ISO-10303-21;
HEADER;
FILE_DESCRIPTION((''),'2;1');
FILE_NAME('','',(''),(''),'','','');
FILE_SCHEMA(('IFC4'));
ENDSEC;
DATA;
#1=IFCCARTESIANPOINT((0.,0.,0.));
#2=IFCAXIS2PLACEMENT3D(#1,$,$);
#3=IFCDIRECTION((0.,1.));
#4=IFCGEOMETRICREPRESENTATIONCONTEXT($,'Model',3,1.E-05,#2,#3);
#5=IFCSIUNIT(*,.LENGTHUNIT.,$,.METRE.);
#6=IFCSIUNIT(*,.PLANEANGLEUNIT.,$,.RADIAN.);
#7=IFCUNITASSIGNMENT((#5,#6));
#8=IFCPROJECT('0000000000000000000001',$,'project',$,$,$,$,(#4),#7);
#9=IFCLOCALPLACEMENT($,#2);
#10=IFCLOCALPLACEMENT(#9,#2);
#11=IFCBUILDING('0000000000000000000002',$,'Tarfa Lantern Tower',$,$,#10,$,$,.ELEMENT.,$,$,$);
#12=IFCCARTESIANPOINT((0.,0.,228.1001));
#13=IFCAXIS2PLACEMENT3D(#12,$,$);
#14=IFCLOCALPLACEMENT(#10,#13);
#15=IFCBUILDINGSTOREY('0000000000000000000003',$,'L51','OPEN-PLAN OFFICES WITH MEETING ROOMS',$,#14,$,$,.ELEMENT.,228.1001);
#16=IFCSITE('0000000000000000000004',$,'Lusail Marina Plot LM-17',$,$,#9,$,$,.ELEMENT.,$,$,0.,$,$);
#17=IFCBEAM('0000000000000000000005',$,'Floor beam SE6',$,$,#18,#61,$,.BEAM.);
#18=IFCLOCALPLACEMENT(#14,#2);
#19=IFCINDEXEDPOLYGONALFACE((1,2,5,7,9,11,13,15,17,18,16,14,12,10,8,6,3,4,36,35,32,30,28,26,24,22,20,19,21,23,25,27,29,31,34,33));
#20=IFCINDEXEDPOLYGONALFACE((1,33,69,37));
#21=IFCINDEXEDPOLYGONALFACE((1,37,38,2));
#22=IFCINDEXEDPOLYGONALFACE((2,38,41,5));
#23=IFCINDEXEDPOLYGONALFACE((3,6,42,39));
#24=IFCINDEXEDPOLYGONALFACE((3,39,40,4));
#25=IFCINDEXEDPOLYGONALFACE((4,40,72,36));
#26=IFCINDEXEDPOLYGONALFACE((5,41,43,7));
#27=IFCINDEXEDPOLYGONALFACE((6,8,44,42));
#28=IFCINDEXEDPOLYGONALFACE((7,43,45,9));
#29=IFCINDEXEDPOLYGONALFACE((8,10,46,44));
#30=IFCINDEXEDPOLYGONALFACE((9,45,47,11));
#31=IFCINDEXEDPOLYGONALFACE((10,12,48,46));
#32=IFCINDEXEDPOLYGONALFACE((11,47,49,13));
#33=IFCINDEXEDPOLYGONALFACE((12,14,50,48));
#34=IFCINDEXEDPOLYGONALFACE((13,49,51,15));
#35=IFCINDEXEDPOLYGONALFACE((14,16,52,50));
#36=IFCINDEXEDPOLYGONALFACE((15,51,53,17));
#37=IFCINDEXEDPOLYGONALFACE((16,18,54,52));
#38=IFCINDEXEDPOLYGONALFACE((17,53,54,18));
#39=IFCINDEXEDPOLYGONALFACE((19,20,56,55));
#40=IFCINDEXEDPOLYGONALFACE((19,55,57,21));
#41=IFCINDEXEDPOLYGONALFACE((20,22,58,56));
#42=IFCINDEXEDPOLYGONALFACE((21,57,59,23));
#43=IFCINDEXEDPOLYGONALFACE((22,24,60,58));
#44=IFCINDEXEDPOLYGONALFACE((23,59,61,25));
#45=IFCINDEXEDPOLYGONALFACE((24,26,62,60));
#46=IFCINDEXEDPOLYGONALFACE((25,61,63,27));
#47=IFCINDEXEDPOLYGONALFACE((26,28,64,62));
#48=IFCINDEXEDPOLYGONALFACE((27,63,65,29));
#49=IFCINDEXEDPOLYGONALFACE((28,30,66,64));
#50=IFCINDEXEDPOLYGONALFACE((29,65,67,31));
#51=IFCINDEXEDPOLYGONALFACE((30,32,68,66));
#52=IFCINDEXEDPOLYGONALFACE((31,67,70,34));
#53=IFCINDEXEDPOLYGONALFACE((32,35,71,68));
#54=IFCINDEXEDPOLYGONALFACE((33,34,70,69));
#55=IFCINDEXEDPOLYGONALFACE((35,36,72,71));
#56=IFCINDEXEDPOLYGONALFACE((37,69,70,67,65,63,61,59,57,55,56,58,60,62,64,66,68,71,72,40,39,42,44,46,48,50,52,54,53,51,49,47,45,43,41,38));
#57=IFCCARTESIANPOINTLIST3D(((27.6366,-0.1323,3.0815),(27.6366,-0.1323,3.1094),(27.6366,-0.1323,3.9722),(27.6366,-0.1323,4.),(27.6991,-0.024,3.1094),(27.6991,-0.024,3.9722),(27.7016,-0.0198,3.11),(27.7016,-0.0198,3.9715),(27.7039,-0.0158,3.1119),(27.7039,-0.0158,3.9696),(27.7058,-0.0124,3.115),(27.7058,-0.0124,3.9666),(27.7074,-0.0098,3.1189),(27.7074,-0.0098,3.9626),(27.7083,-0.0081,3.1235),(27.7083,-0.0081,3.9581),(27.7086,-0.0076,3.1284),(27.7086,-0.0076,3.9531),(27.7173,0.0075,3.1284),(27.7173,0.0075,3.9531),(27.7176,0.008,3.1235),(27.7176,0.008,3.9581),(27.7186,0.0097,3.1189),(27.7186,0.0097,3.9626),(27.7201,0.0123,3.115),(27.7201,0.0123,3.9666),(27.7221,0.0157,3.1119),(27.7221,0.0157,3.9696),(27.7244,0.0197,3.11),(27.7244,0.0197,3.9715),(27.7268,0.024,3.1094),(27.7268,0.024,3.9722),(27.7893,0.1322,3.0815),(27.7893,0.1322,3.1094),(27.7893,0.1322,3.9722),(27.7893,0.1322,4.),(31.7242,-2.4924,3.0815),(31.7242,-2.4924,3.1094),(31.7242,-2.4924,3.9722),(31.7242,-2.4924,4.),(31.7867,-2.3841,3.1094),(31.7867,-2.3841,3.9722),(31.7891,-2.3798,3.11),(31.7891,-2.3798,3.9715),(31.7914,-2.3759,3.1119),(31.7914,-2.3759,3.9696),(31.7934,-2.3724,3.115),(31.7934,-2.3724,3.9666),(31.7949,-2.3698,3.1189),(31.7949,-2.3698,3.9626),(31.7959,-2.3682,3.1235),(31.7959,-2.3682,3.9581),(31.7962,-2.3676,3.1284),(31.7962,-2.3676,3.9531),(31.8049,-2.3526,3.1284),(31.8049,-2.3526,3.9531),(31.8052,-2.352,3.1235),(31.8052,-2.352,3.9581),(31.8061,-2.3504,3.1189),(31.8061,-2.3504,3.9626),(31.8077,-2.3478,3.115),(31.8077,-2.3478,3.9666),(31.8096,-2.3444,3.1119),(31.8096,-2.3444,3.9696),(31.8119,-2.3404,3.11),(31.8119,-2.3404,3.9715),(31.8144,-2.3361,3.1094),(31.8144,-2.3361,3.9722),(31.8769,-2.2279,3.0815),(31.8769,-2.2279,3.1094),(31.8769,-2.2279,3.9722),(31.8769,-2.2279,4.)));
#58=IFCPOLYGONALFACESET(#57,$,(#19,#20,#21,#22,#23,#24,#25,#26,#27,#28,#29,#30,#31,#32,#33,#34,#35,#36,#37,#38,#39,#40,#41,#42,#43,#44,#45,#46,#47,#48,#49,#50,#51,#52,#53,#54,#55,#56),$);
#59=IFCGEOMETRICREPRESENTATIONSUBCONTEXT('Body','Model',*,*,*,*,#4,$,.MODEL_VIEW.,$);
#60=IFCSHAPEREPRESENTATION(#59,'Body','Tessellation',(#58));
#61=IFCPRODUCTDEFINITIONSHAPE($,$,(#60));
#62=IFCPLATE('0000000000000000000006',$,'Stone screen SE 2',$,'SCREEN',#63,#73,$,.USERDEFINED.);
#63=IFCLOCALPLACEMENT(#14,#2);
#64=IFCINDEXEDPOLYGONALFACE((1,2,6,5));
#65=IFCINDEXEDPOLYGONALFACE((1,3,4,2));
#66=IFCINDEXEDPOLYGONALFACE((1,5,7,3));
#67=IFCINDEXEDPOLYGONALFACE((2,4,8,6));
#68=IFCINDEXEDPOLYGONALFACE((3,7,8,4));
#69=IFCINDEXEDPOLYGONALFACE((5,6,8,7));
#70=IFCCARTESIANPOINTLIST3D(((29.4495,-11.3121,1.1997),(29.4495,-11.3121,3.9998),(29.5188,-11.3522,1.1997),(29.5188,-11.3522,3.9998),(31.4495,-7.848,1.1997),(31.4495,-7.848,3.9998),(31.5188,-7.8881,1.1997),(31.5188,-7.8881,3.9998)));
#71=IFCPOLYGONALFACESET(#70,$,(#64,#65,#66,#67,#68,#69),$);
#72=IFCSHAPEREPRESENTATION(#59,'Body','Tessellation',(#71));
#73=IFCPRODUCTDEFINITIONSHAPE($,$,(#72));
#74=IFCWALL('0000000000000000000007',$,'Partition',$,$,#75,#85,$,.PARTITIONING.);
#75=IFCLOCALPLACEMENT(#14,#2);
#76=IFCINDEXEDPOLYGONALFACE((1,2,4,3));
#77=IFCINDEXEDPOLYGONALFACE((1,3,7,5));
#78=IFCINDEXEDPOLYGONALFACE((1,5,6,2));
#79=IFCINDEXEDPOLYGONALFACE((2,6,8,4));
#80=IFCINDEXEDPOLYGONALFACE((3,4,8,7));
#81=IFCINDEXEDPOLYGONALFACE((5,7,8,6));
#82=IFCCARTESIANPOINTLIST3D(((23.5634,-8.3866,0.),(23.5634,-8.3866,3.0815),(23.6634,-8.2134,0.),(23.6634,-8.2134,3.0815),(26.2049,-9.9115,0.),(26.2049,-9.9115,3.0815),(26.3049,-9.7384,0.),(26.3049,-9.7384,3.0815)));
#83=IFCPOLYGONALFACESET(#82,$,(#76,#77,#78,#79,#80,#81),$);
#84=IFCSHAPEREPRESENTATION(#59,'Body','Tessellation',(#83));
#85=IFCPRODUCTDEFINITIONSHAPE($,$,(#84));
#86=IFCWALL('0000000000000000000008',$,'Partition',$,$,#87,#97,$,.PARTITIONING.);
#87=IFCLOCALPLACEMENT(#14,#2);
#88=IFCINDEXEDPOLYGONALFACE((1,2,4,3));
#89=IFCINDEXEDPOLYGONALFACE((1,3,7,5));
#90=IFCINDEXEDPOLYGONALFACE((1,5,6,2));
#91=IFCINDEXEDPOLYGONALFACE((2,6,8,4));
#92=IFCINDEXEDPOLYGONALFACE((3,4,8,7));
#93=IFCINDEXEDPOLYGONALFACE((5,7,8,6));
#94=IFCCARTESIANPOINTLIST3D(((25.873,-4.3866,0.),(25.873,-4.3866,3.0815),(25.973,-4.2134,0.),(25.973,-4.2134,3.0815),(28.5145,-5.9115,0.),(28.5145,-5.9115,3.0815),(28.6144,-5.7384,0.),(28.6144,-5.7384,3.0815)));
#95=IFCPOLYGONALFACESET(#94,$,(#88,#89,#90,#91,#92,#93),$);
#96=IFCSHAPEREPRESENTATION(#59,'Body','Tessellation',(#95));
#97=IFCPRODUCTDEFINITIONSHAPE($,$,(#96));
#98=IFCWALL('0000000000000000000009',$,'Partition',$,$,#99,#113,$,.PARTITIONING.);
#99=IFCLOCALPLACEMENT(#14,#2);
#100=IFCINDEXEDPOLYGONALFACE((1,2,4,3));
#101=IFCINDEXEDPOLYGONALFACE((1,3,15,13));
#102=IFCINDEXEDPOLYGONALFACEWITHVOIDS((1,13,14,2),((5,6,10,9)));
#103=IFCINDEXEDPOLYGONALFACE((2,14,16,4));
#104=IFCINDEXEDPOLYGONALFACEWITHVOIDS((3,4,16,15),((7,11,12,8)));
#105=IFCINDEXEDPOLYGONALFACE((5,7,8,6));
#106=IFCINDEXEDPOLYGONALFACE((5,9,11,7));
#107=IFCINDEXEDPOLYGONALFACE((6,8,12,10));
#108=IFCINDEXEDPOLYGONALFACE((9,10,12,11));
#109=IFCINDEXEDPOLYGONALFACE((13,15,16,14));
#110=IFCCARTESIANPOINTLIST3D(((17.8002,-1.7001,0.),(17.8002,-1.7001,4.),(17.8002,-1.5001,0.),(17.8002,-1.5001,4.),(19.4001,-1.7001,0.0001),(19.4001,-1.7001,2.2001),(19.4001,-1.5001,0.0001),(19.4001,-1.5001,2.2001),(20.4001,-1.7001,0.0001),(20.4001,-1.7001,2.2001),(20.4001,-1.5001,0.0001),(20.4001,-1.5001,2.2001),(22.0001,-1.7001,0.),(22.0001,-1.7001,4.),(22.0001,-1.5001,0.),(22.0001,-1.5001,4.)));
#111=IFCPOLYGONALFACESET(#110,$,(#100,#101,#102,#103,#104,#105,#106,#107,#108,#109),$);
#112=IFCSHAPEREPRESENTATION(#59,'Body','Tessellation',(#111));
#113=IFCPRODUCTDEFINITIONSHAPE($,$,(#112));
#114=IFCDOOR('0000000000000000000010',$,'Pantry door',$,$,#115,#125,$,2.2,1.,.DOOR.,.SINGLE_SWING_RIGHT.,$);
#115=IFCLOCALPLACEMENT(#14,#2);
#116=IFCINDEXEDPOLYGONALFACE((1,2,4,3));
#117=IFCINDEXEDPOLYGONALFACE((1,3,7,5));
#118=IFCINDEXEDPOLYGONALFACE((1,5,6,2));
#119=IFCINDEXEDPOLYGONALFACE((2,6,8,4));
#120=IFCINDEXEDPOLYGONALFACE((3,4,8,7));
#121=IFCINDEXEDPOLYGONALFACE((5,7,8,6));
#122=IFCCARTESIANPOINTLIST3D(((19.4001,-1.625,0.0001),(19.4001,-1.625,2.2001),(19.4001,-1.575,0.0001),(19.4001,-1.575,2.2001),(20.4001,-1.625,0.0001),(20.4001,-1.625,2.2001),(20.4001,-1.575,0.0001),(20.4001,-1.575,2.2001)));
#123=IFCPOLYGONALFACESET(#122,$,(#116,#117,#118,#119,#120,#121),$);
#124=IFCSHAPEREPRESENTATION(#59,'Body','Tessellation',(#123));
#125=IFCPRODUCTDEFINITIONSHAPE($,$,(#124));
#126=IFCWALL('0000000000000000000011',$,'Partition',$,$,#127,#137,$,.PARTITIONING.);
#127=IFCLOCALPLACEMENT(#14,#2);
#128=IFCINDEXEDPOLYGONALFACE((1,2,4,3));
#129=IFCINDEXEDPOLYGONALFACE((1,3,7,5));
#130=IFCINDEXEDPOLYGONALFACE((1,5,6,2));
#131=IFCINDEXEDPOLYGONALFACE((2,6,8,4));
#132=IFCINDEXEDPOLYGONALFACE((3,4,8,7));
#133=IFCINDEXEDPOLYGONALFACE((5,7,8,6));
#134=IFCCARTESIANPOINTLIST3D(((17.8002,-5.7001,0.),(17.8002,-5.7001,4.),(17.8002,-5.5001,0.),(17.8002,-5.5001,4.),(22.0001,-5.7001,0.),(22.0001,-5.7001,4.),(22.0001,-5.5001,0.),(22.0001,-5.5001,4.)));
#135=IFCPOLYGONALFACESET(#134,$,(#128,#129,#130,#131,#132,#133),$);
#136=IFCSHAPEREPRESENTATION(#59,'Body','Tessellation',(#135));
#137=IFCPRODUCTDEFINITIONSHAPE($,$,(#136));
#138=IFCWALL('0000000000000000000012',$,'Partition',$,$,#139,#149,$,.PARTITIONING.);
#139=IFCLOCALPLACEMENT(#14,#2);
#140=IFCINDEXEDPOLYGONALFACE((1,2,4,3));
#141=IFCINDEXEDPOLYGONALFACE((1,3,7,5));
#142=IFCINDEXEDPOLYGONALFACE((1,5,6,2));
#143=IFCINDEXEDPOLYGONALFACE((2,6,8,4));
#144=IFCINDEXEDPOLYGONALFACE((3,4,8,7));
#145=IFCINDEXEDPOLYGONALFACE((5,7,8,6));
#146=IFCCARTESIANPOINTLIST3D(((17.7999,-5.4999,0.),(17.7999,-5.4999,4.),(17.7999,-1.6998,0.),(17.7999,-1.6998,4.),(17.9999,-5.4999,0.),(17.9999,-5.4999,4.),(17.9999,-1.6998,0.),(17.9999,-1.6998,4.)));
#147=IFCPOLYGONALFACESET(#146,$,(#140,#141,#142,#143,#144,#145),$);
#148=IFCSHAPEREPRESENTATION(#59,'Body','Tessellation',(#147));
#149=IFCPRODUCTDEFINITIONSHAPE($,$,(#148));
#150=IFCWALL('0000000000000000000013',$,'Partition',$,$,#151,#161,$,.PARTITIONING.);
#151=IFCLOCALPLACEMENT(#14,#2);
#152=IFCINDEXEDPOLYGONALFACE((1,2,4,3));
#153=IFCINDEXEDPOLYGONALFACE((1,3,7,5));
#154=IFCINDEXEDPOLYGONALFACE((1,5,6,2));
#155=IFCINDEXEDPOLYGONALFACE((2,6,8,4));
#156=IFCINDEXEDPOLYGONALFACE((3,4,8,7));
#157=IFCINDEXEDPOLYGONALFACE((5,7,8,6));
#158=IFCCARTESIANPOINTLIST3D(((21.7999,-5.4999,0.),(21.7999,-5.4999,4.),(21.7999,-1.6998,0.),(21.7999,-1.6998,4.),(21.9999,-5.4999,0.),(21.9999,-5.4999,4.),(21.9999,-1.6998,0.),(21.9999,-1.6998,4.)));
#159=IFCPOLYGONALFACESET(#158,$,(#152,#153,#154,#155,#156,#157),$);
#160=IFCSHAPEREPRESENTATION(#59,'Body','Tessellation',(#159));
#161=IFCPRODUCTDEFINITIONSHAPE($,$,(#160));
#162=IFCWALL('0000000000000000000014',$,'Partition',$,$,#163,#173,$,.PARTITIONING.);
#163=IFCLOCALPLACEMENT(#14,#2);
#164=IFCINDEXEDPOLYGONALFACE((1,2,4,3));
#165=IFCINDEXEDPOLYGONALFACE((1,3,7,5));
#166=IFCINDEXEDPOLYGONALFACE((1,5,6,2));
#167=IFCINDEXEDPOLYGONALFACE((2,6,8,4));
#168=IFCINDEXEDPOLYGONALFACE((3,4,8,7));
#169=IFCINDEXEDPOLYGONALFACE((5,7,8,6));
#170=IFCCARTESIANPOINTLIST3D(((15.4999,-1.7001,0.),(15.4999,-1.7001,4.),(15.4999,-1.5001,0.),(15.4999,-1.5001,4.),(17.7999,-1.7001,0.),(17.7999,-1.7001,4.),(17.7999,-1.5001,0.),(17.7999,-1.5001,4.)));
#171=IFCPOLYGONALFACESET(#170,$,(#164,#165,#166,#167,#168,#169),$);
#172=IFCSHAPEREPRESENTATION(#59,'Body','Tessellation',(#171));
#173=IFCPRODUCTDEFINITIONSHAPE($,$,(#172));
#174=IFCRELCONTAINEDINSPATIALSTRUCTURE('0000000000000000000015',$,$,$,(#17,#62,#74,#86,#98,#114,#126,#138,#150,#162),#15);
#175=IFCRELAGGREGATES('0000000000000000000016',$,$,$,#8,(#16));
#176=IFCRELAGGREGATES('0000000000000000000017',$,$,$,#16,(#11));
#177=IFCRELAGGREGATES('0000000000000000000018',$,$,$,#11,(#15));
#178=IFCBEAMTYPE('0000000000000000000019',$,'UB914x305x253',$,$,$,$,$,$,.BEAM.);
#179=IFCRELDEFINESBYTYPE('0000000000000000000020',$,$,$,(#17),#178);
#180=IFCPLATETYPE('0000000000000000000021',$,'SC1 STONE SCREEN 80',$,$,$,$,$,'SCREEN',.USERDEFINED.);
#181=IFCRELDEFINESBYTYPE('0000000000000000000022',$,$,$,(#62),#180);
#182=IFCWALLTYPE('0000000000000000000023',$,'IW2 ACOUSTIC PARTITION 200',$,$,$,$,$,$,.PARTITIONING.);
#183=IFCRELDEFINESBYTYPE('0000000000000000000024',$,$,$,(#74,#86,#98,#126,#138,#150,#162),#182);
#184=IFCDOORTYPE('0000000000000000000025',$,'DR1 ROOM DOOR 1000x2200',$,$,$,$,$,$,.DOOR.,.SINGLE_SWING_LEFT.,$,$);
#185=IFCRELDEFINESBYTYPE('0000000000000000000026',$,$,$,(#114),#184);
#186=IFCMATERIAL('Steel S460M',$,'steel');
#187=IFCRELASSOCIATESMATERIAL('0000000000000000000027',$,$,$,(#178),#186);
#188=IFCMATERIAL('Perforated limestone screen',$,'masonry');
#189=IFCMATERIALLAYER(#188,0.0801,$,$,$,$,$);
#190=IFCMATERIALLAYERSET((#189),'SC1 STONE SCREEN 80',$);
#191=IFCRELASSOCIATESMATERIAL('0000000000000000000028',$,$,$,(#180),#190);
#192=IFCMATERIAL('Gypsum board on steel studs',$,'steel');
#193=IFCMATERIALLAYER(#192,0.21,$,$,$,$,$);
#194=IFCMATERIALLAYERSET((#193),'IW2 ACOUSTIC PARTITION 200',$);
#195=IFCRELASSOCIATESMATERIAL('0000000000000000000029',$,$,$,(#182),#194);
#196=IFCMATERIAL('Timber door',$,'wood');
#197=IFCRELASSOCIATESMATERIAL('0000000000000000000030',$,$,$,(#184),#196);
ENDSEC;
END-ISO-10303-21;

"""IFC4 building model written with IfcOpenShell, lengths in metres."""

from ifc_helpers import new_model, si_unit, direction, frame, frame_2d, origin, origin_2d, place, context, subcontext, project, spatial, rectangle, i_section, extrude, material, layer, layer_set, material_profile, profile_set, type_object, element, fill, save


model = new_model("IFC4")

# Units and contexts
model_context = context("Model", 3, precision=1e-05, world=origin(), true_north=direction((0.0, 1.0)))
body_context = subcontext(model_context, "Body", "Model", "MODEL_VIEW")
ifc_project = project(units=[si_unit("LENGTHUNIT", "METRE"), si_unit("PLANEANGLEUNIT", "RADIAN")], contexts=[model_context])

# Site, building, storey
site_placement = place(None, origin())
site = spatial("IfcSite", under=ifc_project, at=site_placement, Name="Lusail Marina Plot LM-17", CompositionType="ELEMENT", RefElevation=0.0)
building_placement = place(site_placement, origin())
building = spatial("IfcBuilding", under=site, at=building_placement, Name="Tarfa Lantern Tower", CompositionType="ELEMENT")
storey_placement = place(building_placement, frame((0.0, 0.0, 228.1001)))
storey = spatial("IfcBuildingStorey", under=building, at=storey_placement, Name="L51", Description="OPEN-PLAN OFFICES WITH MEETING ROOMS", CompositionType="ELEMENT", Elevation=228.1001)

# Beam
ifc_material_1 = material(Name="Steel S460M", Category="steel")
ifc_material_profile_1 = material_profile(ifc_material_1, i_section(OverallWidth=0.3054, OverallDepth=0.9185, WebThickness=0.0173, FlangeThickness=0.0278, FilletRadius=0.019, at=origin_2d()), Name="UB914x305x253")
ifc_profile_set_1 = profile_set([ifc_material_profile_1], Name="Steel S460M")
beam_type_1 = type_object("IfcBeamType", Name="UB914x305x253", PredefinedType="BEAM", material=ifc_profile_set_1)
beam_1_placement = place(storey_placement, frame((31.8005, -2.3601, 3.5408), z_axis=(-0.866016, 0.500016, 0.0), x_axis=(-0.500016, -0.866016, 0.0)))
element("IfcBeam", 1, at=beam_1_placement, inside=storey, type_object=beam_type_1, Name="Floor beam SE6", PredefinedType="BEAM", context=body_context, shape_type="SweptSolid", body=[
    extrude(i_section(OverallWidth=0.3054, OverallDepth=0.9185, WebThickness=0.0173, FlangeThickness=0.0278, FilletRadius=0.019, at=origin_2d()), origin(), (0.0, 0.0, 1.0), 4.72),
])

# Plate
ifc_material_2 = material(Name="Perforated limestone screen", Category="masonry")
ifc_layer_1 = layer(ifc_material_2, 0.0801)
ifc_layer_set_1 = layer_set([ifc_layer_1], Name="SC1 STONE SCREEN 80")
plate_type = type_object("IfcPlateType", Name="SC1 STONE SCREEN 80", ElementType="SCREEN", PredefinedType="USERDEFINED", material=ifc_layer_set_1)
plate_placement = place(storey_placement, frame((30.4841, -9.6001, 1.1997), z_axis=(0.0, 0.0, 1.0), x_axis=(0.5, 0.866025, 0.0)))
element("IfcPlate", 2, at=plate_placement, inside=storey, type_object=plate_type, Name="Stone screen SE 2", ObjectType="SCREEN", PredefinedType="USERDEFINED", context=body_context, shape_type="SweptSolid", body=[
    extrude(rectangle(XDim=4.0, YDim=0.0801, at=origin_2d()), origin(), (0.0, 0.0, 1.0), 2.8),
])

# Walls
ifc_material_3 = material(Name="Gypsum board on steel studs", Category="steel")
ifc_layer_2 = layer(ifc_material_3, 0.21)
ifc_layer_set_2 = layer_set([ifc_layer_2], Name="IW2 ACOUSTIC PARTITION 200")
wall_type_1 = type_object("IfcWallType", Name="IW2 ACOUSTIC PARTITION 200", PredefinedType="PARTITIONING", material=ifc_layer_set_2)
for number, where, z_axis, x_axis, name in (
    (3, (23.6135, -8.3, 0.0), (0.0, 0.0, 1.0), (0.866038, -0.499979, 0.0), "Partition"),
    (4, (25.9231, -4.3, 0.0), (0.0, 0.0, 1.0), (0.866038, -0.499979, 0.0), "Partition"),
):
    element("IfcWall", number, at=place(storey_placement, frame(where, z_axis=z_axis, x_axis=x_axis)), inside=storey, type_object=wall_type_1, Name=name, PredefinedType="PARTITIONING", context=body_context, shape_type="SweptSolid", body=[
        extrude(rectangle(XDim=3.05, YDim=0.2, at=frame_2d((1.5249, 0.0))), origin(), (0.0, 0.0, 1.0), 3.0815),
    ])

# Wall, opening, door
wall_1_placement = place(storey_placement, frame((17.8, -1.6001, 0.0), z_axis=(0.0, 0.0, 1.0), x_axis=(1.0, 0.0, 0.0)))
wall_1 = element("IfcWall", 5, at=wall_1_placement, inside=storey, type_object=wall_type_1, Name="Partition", PredefinedType="PARTITIONING", context=body_context, shape_type="SweptSolid", body=[
    extrude(rectangle(XDim=4.2, YDim=0.2, at=frame_2d((2.1001, 0.0))), origin(), (0.0, 0.0, 1.0), 4.0),
])
opening_1_placement = place(wall_1_placement, frame((1.6001, 0.0, 0.0)))
opening_1 = element("IfcOpeningElement", 6, at=opening_1_placement, cuts=wall_1, PredefinedType="OPENING", context=body_context, shape_type="SweptSolid", body=[
    extrude(rectangle(XDim=1.0, YDim=2.2, at=frame_2d((0.5, 1.1001))), frame((0.0, 0.1099, 0.0), z_axis=(0.0, -1.0, 0.0), x_axis=(1.0, 0.0, 0.0)), (0.0, 0.0, 1.0), 0.22),
])
ifc_material_4 = material(Name="Timber door", Category="wood")
door_type_1 = type_object("IfcDoorType", Name="DR1 ROOM DOOR 1000x2200", OperationType="SINGLE_SWING_LEFT", PredefinedType="DOOR", material=ifc_material_4)
door_1_placement = place(opening_1_placement, frame((1.0, 0.0, 0.0), z_axis=(0.0, 0.0, 1.0), x_axis=(-1.0, 0.0, 0.0)))
door_1 = element("IfcDoor", 7, at=door_1_placement, inside=storey, type_object=door_type_1, Name="Pantry door", OperationType="SINGLE_SWING_RIGHT", OverallHeight=2.2, OverallWidth=1.0, PredefinedType="DOOR", context=body_context, shape_type="SweptSolid", body=[
    extrude(rectangle(XDim=1.0, YDim=2.2, at=frame_2d((0.5, 1.1001))), frame((0.0, 0.0249, 0.0), z_axis=(0.0, -1.0, 0.0), x_axis=(1.0, 0.0, 0.0)), (0.0, 0.0, 1.0), 0.05),
])
fill(opening_1, door_1)

# Walls
wall_2_placement = place(storey_placement, frame((17.8, -5.6001, 0.0), z_axis=(0.0, 0.0, 1.0), x_axis=(1.0, 0.0, 0.0)))
element("IfcWall", 8, at=wall_2_placement, inside=storey, type_object=wall_type_1, Name="Partition", PredefinedType="PARTITIONING", context=body_context, shape_type="SweptSolid", body=[
    extrude(rectangle(XDim=4.2, YDim=0.2, at=frame_2d((2.1001, 0.0))), origin(), (0.0, 0.0, 1.0), 4.0),
])
for number, where, z_axis, x_axis, name in (
    (9, (17.8999, -1.7, 0.0), (0.0, 0.0, 1.0), (0.0, -1.0, 0.0), "Partition"),
    (10, (21.8999, -1.7, 0.0), (0.0, 0.0, 1.0), (0.0, -1.0, 0.0), "Partition"),
):
    element("IfcWall", number, at=place(storey_placement, frame(where, z_axis=z_axis, x_axis=x_axis)), inside=storey, type_object=wall_type_1, Name=name, PredefinedType="PARTITIONING", context=body_context, shape_type="SweptSolid", body=[
        extrude(rectangle(XDim=3.8, YDim=0.2, at=frame_2d((1.8999, 0.0))), origin(), (0.0, 0.0, 1.0), 4.0),
    ])
wall_3_placement = place(storey_placement, frame((15.5, -1.6001, 0.0), z_axis=(0.0, 0.0, 1.0), x_axis=(1.0, 0.0, 0.0)))
element("IfcWall", 11, at=wall_3_placement, inside=storey, type_object=wall_type_1, Name="Partition", PredefinedType="PARTITIONING", context=body_context, shape_type="SweptSolid", body=[
    extrude(rectangle(XDim=2.3, YDim=0.2, at=frame_2d((1.1499, 0.0))), origin(), (0.0, 0.0, 1.0), 4.0),
])

save(model, "model.ifc")
